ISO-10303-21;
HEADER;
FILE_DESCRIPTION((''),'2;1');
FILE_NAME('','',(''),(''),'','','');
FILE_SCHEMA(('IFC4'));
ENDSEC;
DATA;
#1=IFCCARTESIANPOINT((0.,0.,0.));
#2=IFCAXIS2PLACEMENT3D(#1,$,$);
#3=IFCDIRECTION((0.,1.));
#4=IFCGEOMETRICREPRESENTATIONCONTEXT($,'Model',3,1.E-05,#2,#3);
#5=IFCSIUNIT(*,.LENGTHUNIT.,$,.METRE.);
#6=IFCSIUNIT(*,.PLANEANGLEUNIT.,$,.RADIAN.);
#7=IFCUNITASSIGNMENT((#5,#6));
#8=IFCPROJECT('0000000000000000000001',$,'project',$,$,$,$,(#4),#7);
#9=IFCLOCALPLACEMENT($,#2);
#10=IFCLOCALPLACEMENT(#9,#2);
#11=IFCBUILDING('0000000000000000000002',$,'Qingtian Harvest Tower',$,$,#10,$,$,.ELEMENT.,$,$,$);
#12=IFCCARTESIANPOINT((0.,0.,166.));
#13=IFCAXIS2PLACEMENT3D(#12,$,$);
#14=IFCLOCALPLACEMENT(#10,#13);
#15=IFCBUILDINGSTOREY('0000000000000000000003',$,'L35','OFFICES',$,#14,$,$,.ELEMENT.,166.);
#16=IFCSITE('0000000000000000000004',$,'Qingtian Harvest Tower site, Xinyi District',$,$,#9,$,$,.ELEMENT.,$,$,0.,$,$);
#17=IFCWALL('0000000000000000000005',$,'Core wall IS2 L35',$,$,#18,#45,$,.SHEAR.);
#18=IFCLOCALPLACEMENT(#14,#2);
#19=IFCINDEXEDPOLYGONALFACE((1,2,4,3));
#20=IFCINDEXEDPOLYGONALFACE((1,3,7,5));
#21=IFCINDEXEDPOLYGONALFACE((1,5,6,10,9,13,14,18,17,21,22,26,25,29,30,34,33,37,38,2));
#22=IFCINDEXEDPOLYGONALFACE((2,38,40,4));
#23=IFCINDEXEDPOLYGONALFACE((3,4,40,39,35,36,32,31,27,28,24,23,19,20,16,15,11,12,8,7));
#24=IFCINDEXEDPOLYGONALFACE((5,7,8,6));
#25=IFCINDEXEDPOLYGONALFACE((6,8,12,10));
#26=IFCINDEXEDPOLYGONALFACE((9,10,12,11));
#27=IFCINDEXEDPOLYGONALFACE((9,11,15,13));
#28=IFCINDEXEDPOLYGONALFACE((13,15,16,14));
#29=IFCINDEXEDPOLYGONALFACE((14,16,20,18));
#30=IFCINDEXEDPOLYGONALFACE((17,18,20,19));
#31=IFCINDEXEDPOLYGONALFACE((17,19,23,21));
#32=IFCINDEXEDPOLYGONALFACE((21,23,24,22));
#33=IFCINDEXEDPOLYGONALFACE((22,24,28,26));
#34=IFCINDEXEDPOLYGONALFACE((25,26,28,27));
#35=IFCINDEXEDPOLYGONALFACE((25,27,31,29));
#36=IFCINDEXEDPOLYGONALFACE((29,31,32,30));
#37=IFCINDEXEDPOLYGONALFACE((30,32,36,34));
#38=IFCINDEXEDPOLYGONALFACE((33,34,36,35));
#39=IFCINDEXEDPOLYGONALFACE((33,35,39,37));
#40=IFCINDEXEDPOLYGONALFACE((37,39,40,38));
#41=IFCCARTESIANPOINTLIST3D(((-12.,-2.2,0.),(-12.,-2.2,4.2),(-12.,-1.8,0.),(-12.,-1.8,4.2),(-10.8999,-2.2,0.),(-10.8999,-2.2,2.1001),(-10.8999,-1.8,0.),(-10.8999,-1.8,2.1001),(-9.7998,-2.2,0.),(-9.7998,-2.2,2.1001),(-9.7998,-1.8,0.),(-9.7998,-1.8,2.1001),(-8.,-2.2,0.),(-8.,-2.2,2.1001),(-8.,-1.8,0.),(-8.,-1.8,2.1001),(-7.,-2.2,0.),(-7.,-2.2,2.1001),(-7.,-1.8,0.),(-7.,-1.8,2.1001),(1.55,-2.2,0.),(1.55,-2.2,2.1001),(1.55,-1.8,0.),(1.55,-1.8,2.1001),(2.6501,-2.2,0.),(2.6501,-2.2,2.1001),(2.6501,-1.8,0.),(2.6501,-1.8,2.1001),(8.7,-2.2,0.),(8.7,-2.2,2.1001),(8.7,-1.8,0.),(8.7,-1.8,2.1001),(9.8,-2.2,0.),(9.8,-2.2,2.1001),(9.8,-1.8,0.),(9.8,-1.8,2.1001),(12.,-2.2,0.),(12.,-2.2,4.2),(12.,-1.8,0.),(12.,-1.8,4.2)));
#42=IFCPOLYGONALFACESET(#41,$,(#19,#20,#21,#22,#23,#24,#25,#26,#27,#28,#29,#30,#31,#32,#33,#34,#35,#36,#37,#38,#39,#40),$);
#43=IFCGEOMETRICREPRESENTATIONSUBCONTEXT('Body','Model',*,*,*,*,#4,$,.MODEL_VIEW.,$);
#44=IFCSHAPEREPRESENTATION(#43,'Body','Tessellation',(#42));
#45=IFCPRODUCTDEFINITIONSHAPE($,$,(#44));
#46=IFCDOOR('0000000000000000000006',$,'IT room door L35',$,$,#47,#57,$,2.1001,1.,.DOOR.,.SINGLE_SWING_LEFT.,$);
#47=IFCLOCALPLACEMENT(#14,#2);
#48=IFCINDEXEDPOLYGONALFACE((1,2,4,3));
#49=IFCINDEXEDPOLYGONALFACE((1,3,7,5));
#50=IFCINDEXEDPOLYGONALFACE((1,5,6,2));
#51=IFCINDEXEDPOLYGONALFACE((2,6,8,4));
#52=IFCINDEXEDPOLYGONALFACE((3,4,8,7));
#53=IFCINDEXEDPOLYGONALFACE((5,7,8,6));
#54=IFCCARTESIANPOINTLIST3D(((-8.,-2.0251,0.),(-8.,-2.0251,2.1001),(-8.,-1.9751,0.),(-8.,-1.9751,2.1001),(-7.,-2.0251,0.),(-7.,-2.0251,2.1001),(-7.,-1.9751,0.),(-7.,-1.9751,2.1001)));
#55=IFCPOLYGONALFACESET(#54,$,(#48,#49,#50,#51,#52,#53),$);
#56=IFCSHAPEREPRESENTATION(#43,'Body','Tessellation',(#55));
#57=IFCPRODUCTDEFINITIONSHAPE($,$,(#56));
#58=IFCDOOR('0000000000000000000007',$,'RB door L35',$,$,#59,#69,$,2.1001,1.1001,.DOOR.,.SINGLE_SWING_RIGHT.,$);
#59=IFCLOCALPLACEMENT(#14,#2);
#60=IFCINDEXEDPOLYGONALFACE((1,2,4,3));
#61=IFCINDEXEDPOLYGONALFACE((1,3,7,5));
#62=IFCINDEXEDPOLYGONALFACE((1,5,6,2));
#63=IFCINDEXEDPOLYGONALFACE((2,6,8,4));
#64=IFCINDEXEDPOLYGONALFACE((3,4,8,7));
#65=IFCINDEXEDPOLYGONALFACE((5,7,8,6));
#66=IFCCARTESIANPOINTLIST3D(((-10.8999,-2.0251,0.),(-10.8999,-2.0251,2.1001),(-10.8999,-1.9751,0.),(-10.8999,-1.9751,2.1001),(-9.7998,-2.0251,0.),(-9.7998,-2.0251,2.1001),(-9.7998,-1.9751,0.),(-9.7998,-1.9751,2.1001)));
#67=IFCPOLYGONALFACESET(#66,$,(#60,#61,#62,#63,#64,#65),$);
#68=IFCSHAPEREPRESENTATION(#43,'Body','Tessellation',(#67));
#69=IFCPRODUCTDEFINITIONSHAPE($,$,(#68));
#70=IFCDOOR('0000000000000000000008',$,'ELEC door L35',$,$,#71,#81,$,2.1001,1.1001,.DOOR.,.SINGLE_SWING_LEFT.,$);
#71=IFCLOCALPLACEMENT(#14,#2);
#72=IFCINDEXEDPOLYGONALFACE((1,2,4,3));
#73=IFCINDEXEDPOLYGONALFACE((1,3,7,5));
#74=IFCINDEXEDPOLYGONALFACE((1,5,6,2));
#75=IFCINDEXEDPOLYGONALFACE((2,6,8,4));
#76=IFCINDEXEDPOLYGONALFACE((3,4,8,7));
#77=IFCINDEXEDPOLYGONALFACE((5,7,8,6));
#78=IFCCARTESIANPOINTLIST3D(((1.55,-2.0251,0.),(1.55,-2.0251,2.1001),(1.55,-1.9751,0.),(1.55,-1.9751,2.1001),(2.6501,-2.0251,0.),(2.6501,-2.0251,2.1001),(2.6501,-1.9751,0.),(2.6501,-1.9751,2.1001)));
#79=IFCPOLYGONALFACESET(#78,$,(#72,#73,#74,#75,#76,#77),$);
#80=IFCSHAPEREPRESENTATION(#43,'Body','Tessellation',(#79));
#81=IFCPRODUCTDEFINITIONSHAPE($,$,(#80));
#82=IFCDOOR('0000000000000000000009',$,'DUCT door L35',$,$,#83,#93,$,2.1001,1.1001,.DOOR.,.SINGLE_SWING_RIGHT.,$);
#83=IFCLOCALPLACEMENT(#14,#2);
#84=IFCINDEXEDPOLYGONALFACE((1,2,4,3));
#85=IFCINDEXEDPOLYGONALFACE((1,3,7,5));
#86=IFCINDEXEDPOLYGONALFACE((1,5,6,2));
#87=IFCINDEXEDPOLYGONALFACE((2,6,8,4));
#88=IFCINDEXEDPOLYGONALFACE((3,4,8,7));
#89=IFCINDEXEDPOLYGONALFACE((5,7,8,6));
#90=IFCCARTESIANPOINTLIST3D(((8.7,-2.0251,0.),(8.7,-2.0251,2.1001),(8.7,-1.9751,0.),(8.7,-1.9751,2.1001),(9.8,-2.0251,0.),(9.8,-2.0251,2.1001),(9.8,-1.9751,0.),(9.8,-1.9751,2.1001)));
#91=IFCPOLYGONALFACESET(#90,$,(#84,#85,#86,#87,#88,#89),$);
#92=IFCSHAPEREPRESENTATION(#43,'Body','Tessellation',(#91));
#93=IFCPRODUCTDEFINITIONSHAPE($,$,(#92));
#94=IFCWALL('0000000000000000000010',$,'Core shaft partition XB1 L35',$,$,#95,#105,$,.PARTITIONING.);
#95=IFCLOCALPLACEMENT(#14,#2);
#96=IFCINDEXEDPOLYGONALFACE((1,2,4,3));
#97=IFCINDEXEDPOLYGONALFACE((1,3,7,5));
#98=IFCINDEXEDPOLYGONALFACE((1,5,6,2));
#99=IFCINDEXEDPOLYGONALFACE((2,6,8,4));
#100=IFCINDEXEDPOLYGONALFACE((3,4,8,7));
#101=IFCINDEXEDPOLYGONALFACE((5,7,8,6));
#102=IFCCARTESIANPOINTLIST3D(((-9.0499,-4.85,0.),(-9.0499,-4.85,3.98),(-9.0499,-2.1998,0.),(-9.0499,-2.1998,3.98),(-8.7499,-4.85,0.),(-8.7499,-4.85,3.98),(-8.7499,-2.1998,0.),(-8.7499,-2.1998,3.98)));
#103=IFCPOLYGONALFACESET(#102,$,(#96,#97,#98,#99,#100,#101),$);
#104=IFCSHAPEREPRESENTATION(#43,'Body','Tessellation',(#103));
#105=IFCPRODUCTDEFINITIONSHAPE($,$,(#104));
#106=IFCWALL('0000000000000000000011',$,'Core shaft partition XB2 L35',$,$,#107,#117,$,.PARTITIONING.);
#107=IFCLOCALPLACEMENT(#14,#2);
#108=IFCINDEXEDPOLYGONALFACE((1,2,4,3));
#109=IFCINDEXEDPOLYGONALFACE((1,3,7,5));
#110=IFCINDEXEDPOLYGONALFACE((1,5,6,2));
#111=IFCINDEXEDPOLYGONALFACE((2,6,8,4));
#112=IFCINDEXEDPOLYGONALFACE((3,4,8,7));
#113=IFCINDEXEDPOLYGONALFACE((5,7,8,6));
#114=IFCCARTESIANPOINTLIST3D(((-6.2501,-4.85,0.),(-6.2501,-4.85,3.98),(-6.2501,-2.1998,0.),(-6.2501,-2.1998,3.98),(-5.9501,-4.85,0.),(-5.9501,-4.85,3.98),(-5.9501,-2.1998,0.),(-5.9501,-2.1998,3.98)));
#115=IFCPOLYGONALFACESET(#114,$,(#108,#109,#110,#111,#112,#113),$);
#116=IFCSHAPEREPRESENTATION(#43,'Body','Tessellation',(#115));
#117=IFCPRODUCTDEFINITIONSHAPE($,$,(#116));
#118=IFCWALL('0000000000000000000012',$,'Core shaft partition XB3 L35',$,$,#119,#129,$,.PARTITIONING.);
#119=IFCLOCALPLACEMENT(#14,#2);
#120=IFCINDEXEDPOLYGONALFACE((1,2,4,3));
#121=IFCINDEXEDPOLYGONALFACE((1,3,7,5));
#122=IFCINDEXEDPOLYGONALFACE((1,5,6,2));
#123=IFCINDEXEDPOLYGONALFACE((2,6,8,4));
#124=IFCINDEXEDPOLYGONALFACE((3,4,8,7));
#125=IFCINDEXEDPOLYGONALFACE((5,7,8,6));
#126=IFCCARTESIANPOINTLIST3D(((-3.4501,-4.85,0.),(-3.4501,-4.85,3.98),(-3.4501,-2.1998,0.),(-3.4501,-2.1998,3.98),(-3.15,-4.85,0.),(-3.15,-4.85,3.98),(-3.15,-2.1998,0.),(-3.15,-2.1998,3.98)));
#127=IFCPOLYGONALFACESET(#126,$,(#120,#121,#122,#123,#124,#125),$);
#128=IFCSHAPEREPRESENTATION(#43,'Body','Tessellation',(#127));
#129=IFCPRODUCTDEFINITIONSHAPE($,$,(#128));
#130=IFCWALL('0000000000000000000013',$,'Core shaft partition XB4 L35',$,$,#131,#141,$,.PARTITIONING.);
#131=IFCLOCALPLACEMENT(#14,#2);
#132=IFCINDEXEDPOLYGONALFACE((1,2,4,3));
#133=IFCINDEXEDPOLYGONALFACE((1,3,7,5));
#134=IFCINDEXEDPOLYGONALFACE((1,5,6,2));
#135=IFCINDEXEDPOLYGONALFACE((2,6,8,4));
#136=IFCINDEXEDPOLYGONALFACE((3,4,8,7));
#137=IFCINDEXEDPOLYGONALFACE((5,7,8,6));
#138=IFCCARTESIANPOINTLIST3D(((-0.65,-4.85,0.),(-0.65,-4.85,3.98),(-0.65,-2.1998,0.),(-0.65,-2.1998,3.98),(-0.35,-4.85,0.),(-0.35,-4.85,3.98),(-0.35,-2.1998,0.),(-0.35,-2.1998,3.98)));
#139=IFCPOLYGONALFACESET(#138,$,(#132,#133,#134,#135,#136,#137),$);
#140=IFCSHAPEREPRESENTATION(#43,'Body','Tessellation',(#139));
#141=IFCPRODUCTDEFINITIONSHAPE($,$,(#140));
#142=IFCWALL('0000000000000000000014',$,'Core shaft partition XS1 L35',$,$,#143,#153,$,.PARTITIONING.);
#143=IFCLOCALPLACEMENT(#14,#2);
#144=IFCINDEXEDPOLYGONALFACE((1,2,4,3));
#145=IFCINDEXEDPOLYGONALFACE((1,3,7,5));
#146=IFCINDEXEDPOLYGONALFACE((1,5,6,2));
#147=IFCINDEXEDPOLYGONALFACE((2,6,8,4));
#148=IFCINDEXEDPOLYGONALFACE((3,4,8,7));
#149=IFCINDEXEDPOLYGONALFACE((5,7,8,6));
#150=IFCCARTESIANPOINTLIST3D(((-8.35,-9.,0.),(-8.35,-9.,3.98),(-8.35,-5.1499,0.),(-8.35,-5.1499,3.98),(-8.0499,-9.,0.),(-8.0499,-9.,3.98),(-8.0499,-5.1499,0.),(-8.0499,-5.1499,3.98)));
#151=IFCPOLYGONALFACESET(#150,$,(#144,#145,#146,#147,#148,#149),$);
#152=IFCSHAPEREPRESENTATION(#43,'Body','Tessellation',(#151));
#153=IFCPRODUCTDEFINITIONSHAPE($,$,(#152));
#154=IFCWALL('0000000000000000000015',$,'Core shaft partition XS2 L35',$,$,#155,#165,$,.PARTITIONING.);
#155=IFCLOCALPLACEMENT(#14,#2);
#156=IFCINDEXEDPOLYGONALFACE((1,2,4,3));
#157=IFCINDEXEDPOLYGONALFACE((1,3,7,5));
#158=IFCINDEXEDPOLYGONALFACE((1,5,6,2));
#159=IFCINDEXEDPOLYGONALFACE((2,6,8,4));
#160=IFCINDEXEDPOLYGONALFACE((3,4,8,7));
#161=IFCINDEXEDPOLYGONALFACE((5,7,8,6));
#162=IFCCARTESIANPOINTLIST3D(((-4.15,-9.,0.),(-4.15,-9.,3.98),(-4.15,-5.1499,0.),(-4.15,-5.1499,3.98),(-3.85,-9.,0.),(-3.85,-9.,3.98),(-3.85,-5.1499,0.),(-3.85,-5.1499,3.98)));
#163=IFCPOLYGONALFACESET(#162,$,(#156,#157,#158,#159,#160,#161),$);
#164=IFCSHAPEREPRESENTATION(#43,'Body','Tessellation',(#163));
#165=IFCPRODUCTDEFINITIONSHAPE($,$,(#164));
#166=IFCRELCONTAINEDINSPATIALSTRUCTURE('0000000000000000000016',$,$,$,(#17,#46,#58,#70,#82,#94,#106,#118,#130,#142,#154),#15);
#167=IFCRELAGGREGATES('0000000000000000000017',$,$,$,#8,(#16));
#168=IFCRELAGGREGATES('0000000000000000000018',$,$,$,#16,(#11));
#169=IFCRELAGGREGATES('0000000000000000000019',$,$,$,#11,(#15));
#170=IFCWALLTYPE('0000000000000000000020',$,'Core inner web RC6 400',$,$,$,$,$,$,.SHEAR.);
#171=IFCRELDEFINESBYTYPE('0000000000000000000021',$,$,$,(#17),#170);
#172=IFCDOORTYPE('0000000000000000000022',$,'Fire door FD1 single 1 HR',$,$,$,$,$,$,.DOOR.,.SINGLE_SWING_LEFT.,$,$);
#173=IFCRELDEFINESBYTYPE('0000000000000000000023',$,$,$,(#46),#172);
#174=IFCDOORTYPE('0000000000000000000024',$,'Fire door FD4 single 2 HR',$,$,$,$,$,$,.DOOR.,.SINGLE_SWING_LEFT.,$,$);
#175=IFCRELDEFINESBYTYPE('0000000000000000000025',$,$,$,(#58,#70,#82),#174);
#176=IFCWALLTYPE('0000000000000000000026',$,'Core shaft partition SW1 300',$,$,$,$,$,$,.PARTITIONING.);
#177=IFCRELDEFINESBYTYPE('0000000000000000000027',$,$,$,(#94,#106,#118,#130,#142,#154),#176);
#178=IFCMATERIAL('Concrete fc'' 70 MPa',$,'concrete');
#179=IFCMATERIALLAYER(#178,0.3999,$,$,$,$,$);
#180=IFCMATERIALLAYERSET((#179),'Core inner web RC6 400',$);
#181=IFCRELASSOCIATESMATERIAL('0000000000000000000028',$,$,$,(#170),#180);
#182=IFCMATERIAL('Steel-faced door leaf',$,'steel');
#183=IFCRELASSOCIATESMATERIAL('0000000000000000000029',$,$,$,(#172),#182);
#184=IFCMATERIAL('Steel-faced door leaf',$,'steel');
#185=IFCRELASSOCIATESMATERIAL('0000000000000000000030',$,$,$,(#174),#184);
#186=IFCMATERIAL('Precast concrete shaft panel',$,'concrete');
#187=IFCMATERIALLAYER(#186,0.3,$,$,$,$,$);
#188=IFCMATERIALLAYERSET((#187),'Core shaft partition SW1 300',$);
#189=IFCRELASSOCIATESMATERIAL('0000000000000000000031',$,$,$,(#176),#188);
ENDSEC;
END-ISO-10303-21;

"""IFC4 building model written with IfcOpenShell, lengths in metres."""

from ifc_helpers import new_model, si_unit, direction, frame, frame_2d, origin, place, context, subcontext, project, spatial, rectangle, extrude, material, layer, layer_set, type_object, element, fill, save


model = new_model("IFC4")

# Units and contexts
model_context = context("Model", 3, precision=1e-05, world=origin(), true_north=direction((0.0, 1.0)))
body_context = subcontext(model_context, "Body", "Model", "MODEL_VIEW")
ifc_project = project(units=[si_unit("LENGTHUNIT", "METRE"), si_unit("PLANEANGLEUNIT", "RADIAN")], contexts=[model_context])

# Site, building, storey
site_placement = place(None, origin())
site = spatial("IfcSite", under=ifc_project, at=site_placement, Name="Qingtian Harvest Tower site, Xinyi District", CompositionType="ELEMENT", RefElevation=0.0)
building_placement = place(site_placement, origin())
building = spatial("IfcBuilding", under=site, at=building_placement, Name="Qingtian Harvest Tower", CompositionType="ELEMENT")
storey_placement = place(building_placement, frame((0.0, 0.0, 166.0)))
storey = spatial("IfcBuildingStorey", under=building, at=storey_placement, Name="L35", Description="OFFICES", CompositionType="ELEMENT", Elevation=166.0)

# Wall, openings, doors
ifc_material_1 = material(Name="Concrete fc' 70 MPa", Category="concrete")
ifc_layer_1 = layer(ifc_material_1, 0.3999)
ifc_layer_set_1 = layer_set([ifc_layer_1], Name="Core inner web RC6 400")
wall_type_1 = type_object("IfcWallType", Name="Core inner web RC6 400", PredefinedType="SHEAR", material=ifc_layer_set_1)
wall_1_placement = place(storey_placement, frame((-12.0, -2.0, 0.0), z_axis=(0.0, 0.0, 1.0), x_axis=(1.0, 0.0, 0.0)))
wall_1 = element("IfcWall", 1, at=wall_1_placement, inside=storey, type_object=wall_type_1, Name="Core wall IS2 L35", PredefinedType="SHEAR", context=body_context, shape_type="SweptSolid", body=[
    extrude(rectangle(XDim=24.0, YDim=0.3999, at=frame_2d((12.0, 0.0))), origin(), (0.0, 0.0, 1.0), 4.2),
])
opening_1_placement = place(wall_1_placement, frame((1.1001, 0.0, 0.0)))
opening_1 = element("IfcOpeningElement", 2, at=opening_1_placement, cuts=wall_1, PredefinedType="OPENING", context=body_context, shape_type="SweptSolid", body=[
    extrude(rectangle(XDim=1.1001, YDim=2.1001, at=frame_2d((0.55, 1.05))), frame((0.0, 0.21, 0.0), z_axis=(0.0, -1.0, 0.0), x_axis=(1.0, 0.0, 0.0)), (0.0, 0.0, 1.0), 0.4199),
])
opening_2_placement = place(wall_1_placement, frame((13.55, 0.0, 0.0)))
opening_2 = element("IfcOpeningElement", 3, at=opening_2_placement, cuts=wall_1, PredefinedType="OPENING", context=body_context, shape_type="SweptSolid", body=[
    extrude(rectangle(XDim=1.1001, YDim=2.1001, at=frame_2d((0.55, 1.05))), frame((0.0, 0.21, 0.0), z_axis=(0.0, -1.0, 0.0), x_axis=(1.0, 0.0, 0.0)), (0.0, 0.0, 1.0), 0.4199),
])
opening_3_placement = place(wall_1_placement, frame((20.7, 0.0, 0.0)))
opening_3 = element("IfcOpeningElement", 4, at=opening_3_placement, cuts=wall_1, PredefinedType="OPENING", context=body_context, shape_type="SweptSolid", body=[
    extrude(rectangle(XDim=1.1001, YDim=2.1001, at=frame_2d((0.55, 1.05))), frame((0.0, 0.21, 0.0), z_axis=(0.0, -1.0, 0.0), x_axis=(1.0, 0.0, 0.0)), (0.0, 0.0, 1.0), 0.4199),
])
opening_4_placement = place(wall_1_placement, frame((4.0, 0.0, 0.0)))
opening_4 = element("IfcOpeningElement", 5, at=opening_4_placement, cuts=wall_1, PredefinedType="OPENING", context=body_context, shape_type="SweptSolid", body=[
    extrude(rectangle(XDim=1.0, YDim=2.1001, at=frame_2d((0.5, 1.05))), frame((0.0, 0.21, 0.0), z_axis=(0.0, -1.0, 0.0), x_axis=(1.0, 0.0, 0.0)), (0.0, 0.0, 1.0), 0.4199),
])
ifc_material_2 = material(Name="Steel-faced door leaf", Category="steel")
door_type_1 = type_object("IfcDoorType", Name="Fire door FD1 single 1 HR", OperationType="SINGLE_SWING_LEFT", PredefinedType="DOOR", material=ifc_material_2)
door_1_placement = place(opening_4_placement, origin())
door_1 = element("IfcDoor", 6, at=door_1_placement, inside=storey, type_object=door_type_1, Name="IT room door L35", OperationType="SINGLE_SWING_LEFT", OverallHeight=2.1001, OverallWidth=1.0, PredefinedType="DOOR", context=body_context, shape_type="SweptSolid", body=[
    extrude(rectangle(XDim=1.0, YDim=2.1001, at=frame_2d((0.5, 1.05))), frame((0.0, 0.0249, 0.0), z_axis=(0.0, -1.0, 0.0), x_axis=(1.0, 0.0, 0.0)), (0.0, 0.0, 1.0), 0.05),
])
fill(opening_4, door_1)
ifc_material_3 = material(Name="Steel-faced door leaf", Category="steel")
door_type_2 = type_object("IfcDoorType", Name="Fire door FD4 single 2 HR", OperationType="SINGLE_SWING_LEFT", PredefinedType="DOOR", material=ifc_material_3)
door_2_placement = place(opening_1_placement, origin())
door_2 = element("IfcDoor", 7, at=door_2_placement, inside=storey, type_object=door_type_2, Name="RB door L35", OperationType="SINGLE_SWING_RIGHT", OverallHeight=2.1001, OverallWidth=1.1001, PredefinedType="DOOR", context=body_context, shape_type="SweptSolid", body=[
    extrude(rectangle(XDim=1.1001, YDim=2.1001, at=frame_2d((0.55, 1.05))), frame((0.0, 0.0249, 0.0), z_axis=(0.0, -1.0, 0.0), x_axis=(1.0, 0.0, 0.0)), (0.0, 0.0, 1.0), 0.05),
])
fill(opening_1, door_2)
door_3_placement = place(opening_2_placement, origin())
door_3 = element("IfcDoor", 8, at=door_3_placement, inside=storey, type_object=door_type_2, Name="ELEC door L35", OperationType="SINGLE_SWING_LEFT", OverallHeight=2.1001, OverallWidth=1.1001, PredefinedType="DOOR", context=body_context, shape_type="SweptSolid", body=[
    extrude(rectangle(XDim=1.1001, YDim=2.1001, at=frame_2d((0.55, 1.05))), frame((0.0, 0.0249, 0.0), z_axis=(0.0, -1.0, 0.0), x_axis=(1.0, 0.0, 0.0)), (0.0, 0.0, 1.0), 0.05),
])
fill(opening_2, door_3)
door_4_placement = place(opening_3_placement, origin())
door_4 = element("IfcDoor", 9, at=door_4_placement, inside=storey, type_object=door_type_2, Name="DUCT door L35", OperationType="SINGLE_SWING_RIGHT", OverallHeight=2.1001, OverallWidth=1.1001, PredefinedType="DOOR", context=body_context, shape_type="SweptSolid", body=[
    extrude(rectangle(XDim=1.1001, YDim=2.1001, at=frame_2d((0.55, 1.05))), frame((0.0, 0.0249, 0.0), z_axis=(0.0, -1.0, 0.0), x_axis=(1.0, 0.0, 0.0)), (0.0, 0.0, 1.0), 0.05),
])
fill(opening_3, door_4)

# Walls
ifc_material_4 = material(Name="Precast concrete shaft panel", Category="concrete")
ifc_layer_2 = layer(ifc_material_4, 0.3)
ifc_layer_set_2 = layer_set([ifc_layer_2], Name="Core shaft partition SW1 300")
wall_type_2 = type_object("IfcWallType", Name="Core shaft partition SW1 300", PredefinedType="PARTITIONING", material=ifc_layer_set_2)
for number, where, z_axis, x_axis, name in (
    (10, (-8.8999, -4.8501, 0.0), (0.0, 0.0, 1.0), (0.0, 1.0, 0.0), "Core shaft partition XB1 L35"),
    (11, (-6.1001, -4.8501, 0.0), (0.0, 0.0, 1.0), (0.0, 1.0, 0.0), "Core shaft partition XB2 L35"),
    (12, (-3.3, -4.8501, 0.0), (0.0, 0.0, 1.0), (0.0, 1.0, 0.0), "Core shaft partition XB3 L35"),
    (13, (-0.5, -4.8501, 0.0), (0.0, 0.0, 1.0), (0.0, 1.0, 0.0), "Core shaft partition XB4 L35"),
):
    element("IfcWall", number, at=place(storey_placement, frame(where, z_axis=z_axis, x_axis=x_axis)), inside=storey, type_object=wall_type_2, Name=name, PredefinedType="PARTITIONING", context=body_context, shape_type="SweptSolid", body=[
        extrude(rectangle(XDim=2.6501, YDim=0.3, at=frame_2d((1.3252, 0.0))), origin(), (0.0, 0.0, 1.0), 3.98),
    ])
for number, where, z_axis, x_axis, name in (
    (14, (-8.2, -9.0, 0.0), (0.0, 0.0, 1.0), (0.0, 1.0, 0.0), "Core shaft partition XS1 L35"),
    (15, (-4.0, -9.0, 0.0), (0.0, 0.0, 1.0), (0.0, 1.0, 0.0), "Core shaft partition XS2 L35"),
):
    element("IfcWall", number, at=place(storey_placement, frame(where, z_axis=z_axis, x_axis=x_axis)), inside=storey, type_object=wall_type_2, Name=name, PredefinedType="PARTITIONING", context=body_context, shape_type="SweptSolid", body=[
        extrude(rectangle(XDim=3.8501, YDim=0.3, at=frame_2d((1.925, 0.0))), origin(), (0.0, 0.0, 1.0), 3.98),
    ])

save(model, "model.ifc")
